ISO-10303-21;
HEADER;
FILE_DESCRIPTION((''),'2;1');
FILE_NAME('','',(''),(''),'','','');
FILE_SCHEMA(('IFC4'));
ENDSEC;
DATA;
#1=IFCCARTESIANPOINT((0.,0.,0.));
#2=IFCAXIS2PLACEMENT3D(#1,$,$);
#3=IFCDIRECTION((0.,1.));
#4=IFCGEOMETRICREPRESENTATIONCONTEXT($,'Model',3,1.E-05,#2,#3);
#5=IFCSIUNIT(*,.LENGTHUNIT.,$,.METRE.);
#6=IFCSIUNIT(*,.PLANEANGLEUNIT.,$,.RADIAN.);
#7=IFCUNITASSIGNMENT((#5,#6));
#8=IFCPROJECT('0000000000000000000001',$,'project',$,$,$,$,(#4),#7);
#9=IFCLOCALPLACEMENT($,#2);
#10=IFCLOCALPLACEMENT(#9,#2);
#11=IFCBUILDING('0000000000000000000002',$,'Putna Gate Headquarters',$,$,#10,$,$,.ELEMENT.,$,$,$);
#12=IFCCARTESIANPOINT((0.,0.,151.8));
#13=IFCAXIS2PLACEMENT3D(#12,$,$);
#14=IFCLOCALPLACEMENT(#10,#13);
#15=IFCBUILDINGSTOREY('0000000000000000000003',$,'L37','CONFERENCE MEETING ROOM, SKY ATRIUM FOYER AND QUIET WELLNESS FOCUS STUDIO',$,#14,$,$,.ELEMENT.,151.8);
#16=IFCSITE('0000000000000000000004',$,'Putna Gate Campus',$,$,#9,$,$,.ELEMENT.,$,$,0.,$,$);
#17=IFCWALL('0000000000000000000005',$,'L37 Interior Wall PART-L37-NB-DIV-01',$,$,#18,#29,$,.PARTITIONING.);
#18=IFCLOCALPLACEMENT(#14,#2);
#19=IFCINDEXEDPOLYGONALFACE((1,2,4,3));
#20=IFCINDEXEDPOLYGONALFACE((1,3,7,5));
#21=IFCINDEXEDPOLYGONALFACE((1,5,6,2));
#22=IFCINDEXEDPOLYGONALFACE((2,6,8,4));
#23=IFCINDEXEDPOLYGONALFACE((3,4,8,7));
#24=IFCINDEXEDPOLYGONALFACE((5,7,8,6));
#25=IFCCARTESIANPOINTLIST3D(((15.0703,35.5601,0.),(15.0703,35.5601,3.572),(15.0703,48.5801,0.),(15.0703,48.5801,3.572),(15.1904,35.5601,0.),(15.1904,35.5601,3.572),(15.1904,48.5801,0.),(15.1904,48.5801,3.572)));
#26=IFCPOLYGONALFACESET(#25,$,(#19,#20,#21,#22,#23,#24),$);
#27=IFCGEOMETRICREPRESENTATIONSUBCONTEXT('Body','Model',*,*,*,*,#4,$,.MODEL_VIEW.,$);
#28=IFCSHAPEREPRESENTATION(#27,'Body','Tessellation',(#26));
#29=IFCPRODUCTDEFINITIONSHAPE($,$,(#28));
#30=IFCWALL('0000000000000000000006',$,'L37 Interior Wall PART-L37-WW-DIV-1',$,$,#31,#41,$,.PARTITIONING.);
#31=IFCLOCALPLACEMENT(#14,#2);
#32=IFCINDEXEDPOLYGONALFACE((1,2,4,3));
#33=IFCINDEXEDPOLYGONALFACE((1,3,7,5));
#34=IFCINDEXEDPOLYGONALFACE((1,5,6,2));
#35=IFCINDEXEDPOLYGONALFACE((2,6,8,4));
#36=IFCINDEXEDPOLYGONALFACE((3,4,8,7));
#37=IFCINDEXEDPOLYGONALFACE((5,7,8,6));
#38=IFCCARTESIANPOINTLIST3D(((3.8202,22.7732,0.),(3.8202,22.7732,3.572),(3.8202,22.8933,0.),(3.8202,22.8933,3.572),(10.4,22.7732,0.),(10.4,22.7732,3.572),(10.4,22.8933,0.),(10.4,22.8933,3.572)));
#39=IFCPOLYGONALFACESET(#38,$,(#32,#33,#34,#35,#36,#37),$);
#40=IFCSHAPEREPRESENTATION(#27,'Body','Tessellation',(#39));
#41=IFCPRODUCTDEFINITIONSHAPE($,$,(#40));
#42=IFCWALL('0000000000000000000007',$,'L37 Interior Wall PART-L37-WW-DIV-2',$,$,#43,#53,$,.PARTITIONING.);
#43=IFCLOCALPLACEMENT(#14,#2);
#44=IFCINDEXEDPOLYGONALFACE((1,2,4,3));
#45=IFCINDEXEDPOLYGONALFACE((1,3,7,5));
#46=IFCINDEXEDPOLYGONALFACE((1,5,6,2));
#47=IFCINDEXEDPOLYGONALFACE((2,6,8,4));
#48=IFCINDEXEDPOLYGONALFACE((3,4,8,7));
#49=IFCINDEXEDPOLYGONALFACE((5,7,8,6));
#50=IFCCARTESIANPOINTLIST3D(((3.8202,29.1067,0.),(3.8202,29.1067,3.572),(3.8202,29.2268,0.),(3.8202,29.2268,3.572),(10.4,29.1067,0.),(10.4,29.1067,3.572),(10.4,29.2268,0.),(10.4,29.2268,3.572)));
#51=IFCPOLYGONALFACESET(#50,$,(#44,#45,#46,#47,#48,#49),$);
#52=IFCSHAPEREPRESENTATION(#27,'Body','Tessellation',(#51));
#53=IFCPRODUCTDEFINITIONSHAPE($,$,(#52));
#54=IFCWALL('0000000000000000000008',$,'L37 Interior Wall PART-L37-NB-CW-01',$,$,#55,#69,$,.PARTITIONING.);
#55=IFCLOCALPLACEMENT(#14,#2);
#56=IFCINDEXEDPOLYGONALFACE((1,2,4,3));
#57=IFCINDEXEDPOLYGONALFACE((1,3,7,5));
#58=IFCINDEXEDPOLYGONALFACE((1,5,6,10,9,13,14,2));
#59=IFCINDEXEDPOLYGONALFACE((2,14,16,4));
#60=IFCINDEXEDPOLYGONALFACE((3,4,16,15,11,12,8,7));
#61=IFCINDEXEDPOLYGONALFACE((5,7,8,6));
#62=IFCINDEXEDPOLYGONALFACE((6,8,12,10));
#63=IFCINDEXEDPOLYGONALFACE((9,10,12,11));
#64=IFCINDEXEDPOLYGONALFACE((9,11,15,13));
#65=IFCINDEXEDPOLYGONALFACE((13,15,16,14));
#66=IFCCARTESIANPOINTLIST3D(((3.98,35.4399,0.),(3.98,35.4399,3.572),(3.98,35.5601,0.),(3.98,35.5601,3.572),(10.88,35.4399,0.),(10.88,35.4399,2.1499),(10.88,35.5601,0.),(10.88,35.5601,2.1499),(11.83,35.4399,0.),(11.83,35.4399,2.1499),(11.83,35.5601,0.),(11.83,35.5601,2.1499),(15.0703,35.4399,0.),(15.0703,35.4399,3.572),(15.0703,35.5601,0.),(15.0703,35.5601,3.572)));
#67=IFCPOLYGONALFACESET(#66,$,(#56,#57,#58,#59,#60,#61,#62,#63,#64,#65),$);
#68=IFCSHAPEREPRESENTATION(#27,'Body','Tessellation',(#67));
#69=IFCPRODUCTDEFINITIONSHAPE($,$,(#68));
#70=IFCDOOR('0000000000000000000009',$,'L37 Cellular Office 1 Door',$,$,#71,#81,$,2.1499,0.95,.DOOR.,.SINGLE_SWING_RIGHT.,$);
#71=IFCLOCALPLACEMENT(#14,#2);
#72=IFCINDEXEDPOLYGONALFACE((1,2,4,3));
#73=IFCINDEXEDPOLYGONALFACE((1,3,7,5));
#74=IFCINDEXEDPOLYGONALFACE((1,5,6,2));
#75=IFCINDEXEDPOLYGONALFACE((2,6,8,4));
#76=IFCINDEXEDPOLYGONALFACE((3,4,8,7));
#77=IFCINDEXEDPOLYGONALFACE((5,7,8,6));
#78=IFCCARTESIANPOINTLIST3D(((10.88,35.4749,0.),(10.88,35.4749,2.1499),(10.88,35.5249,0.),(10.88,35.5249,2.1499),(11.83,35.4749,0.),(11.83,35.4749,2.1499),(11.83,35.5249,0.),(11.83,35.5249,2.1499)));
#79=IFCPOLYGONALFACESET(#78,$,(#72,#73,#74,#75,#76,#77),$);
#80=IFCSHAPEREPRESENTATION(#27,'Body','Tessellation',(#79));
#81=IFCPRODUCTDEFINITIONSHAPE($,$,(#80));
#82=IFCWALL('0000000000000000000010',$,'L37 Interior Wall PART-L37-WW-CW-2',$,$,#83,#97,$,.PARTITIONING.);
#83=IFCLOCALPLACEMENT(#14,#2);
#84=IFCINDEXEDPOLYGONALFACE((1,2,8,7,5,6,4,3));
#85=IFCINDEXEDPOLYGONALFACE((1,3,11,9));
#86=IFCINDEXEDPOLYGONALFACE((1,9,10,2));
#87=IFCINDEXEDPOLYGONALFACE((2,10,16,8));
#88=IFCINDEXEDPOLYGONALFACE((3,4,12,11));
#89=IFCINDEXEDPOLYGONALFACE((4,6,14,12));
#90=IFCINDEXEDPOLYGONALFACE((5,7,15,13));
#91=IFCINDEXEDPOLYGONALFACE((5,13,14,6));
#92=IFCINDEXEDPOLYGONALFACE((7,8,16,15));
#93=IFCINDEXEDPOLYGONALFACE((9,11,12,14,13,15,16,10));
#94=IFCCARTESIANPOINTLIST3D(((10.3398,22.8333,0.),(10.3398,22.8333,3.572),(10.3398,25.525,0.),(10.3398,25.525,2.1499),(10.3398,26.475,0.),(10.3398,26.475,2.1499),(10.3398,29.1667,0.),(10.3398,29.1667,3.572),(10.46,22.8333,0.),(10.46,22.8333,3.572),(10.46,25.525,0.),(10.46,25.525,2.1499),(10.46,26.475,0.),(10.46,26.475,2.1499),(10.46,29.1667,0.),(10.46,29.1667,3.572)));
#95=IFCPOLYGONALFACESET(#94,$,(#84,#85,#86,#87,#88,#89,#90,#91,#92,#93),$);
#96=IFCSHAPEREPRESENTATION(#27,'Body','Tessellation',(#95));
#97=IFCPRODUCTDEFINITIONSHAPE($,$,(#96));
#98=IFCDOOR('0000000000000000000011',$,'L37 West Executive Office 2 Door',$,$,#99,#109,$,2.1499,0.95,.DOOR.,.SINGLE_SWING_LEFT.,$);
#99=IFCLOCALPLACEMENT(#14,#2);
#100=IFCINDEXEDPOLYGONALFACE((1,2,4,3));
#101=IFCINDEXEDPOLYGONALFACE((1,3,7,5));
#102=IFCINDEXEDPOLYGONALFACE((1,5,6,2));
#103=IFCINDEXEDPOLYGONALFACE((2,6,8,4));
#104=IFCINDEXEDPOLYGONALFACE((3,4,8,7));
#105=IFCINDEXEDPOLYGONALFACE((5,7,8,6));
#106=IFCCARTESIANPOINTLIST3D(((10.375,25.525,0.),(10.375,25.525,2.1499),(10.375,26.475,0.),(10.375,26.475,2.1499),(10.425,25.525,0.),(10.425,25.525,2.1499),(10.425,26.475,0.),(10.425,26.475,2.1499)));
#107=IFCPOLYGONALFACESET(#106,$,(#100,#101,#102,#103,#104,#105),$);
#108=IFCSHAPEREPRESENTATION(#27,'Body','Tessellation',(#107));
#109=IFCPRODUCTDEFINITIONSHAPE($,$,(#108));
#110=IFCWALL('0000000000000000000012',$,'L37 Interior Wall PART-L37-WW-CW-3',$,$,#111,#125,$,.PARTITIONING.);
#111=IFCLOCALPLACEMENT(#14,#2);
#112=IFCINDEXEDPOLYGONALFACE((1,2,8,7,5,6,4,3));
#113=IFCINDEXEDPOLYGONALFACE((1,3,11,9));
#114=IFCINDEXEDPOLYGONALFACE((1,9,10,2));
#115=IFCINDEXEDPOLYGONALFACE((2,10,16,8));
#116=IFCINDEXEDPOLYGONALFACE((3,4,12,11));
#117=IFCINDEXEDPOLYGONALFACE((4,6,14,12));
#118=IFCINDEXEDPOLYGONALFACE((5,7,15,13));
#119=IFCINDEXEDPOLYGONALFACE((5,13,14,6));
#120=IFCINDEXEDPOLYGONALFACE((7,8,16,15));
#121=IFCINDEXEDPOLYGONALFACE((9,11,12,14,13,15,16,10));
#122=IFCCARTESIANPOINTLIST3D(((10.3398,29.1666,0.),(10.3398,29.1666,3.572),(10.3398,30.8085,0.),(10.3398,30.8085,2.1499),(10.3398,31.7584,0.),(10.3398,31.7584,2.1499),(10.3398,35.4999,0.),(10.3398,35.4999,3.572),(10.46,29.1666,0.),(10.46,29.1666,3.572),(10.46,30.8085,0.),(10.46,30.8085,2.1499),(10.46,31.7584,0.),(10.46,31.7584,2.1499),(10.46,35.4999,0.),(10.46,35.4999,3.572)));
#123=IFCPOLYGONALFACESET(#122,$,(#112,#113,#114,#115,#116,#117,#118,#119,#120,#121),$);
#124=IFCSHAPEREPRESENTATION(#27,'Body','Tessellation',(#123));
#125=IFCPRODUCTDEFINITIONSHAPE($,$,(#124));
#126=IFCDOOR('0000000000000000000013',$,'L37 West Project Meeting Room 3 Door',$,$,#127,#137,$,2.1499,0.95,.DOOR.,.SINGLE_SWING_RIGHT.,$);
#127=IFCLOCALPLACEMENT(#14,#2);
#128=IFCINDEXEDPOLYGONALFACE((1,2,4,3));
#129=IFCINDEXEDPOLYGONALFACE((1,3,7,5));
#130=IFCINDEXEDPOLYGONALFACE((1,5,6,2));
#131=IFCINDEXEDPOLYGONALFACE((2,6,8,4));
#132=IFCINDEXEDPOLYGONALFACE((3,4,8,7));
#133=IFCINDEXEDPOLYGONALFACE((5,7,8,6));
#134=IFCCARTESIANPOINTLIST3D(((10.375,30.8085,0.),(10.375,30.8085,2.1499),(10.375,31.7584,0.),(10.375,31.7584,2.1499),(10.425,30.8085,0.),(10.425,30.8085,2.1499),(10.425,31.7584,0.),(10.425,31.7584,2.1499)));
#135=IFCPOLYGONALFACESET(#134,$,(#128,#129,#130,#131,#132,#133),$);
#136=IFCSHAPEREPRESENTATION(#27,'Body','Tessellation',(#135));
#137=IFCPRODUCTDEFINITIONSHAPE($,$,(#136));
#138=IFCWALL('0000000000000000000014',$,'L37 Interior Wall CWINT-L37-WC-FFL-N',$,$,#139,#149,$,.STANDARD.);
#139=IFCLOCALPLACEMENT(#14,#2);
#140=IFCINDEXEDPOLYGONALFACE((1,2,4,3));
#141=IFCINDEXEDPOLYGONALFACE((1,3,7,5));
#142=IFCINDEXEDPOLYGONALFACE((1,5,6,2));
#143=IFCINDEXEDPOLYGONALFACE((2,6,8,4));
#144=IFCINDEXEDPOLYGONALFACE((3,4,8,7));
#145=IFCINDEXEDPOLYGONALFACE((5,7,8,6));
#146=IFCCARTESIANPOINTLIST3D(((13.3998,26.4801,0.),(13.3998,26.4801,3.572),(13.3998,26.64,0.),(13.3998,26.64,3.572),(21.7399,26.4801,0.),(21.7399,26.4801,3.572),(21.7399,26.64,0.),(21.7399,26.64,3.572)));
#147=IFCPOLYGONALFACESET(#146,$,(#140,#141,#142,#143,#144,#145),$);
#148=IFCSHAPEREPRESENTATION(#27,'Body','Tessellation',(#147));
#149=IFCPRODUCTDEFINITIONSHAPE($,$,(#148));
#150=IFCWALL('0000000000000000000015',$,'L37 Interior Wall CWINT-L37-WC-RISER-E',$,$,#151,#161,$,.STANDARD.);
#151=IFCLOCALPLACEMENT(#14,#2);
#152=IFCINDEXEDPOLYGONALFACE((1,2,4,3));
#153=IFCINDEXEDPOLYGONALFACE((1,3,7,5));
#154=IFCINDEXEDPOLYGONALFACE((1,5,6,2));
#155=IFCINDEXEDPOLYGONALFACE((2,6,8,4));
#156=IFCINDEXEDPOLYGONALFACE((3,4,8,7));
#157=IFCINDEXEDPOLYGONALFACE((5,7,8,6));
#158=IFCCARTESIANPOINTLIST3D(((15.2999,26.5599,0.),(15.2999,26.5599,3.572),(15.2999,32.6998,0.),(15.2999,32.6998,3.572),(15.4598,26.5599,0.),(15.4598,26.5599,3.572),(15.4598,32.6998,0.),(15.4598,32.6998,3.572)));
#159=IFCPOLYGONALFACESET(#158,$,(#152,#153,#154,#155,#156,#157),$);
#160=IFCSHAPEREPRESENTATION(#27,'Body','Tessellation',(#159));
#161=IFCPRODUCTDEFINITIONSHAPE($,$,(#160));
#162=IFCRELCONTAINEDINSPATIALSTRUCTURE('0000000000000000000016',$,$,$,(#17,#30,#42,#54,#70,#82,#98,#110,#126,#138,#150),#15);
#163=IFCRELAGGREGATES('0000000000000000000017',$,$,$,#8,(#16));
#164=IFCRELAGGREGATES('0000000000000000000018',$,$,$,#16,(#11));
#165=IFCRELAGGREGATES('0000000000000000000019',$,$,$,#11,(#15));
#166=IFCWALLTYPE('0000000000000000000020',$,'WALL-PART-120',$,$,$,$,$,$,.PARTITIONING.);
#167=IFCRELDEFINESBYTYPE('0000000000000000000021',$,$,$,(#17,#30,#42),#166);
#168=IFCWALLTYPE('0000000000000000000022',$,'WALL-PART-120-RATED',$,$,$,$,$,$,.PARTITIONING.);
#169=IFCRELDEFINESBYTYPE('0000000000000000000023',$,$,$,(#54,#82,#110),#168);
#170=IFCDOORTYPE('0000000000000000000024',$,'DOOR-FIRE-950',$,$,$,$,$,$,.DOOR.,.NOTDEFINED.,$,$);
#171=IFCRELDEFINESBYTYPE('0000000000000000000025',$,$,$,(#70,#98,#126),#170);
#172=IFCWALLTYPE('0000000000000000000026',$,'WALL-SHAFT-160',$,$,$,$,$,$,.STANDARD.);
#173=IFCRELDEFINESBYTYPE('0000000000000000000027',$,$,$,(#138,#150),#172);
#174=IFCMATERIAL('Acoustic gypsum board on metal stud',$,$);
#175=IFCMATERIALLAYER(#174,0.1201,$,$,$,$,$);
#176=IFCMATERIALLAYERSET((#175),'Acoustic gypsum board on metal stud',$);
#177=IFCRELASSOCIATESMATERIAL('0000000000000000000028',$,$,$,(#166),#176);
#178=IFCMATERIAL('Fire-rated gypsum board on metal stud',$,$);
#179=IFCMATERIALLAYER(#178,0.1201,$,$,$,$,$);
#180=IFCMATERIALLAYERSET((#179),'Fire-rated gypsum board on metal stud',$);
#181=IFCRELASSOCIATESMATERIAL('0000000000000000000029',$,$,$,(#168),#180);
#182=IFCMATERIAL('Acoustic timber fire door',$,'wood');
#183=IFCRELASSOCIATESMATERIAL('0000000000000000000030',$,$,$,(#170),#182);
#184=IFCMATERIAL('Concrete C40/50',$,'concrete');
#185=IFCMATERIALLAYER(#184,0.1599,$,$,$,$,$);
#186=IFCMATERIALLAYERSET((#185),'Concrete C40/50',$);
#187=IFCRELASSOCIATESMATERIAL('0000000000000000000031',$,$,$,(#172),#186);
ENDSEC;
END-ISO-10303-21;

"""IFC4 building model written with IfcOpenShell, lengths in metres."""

from ifc_helpers import new_model, si_unit, direction, frame, frame_2d, origin, place, context, subcontext, project, spatial, rectangle, extrude, material, layer, layer_set, type_object, element, fill, save


model = new_model("IFC4")

# Units and contexts
model_context = context("Model", 3, precision=1e-05, world=origin(), true_north=direction((0.0, 1.0)))
body_context = subcontext(model_context, "Body", "Model", "MODEL_VIEW")
ifc_project = project(units=[si_unit("LENGTHUNIT", "METRE"), si_unit("PLANEANGLEUNIT", "RADIAN")], contexts=[model_context])

# Site, building, storey
site_placement = place(None, origin())
site = spatial("IfcSite", under=ifc_project, at=site_placement, Name="Putna Gate Campus", CompositionType="ELEMENT", RefElevation=0.0)
building_placement = place(site_placement, origin())
building = spatial("IfcBuilding", under=site, at=building_placement, Name="Putna Gate Headquarters", CompositionType="ELEMENT")
storey_placement = place(building_placement, frame((0.0, 0.0, 151.8)))
storey = spatial("IfcBuildingStorey", under=building, at=storey_placement, Name="L37", Description="CONFERENCE MEETING ROOM, SKY ATRIUM FOYER AND QUIET WELLNESS FOCUS STUDIO", CompositionType="ELEMENT", Elevation=151.8)

# Walls
ifc_material_1 = material(Name="Acoustic gypsum board on metal stud")
ifc_layer_1 = layer(ifc_material_1, 0.1201)
ifc_layer_set_1 = layer_set([ifc_layer_1], Name="Acoustic gypsum board on metal stud")
wall_type_1 = type_object("IfcWallType", Name="WALL-PART-120", PredefinedType="PARTITIONING", material=ifc_layer_set_1)
wall_1_placement = place(storey_placement, frame((15.1304, 35.5601, 0.0), z_axis=(0.0, 0.0, 1.0), x_axis=(0.0, 1.0, 0.0)))
element("IfcWall", 1, at=wall_1_placement, inside=storey, type_object=wall_type_1, Name="L37 Interior Wall PART-L37-NB-DIV-01", PredefinedType="PARTITIONING", context=body_context, shape_type="SweptSolid", body=[
    extrude(rectangle(XDim=13.02, YDim=0.1201, at=frame_2d((6.51, 0.0))), origin(), (0.0, 0.0, 1.0), 3.572),
])
for number, where, z_axis, x_axis, name in (
    (2, (3.8201, 22.8333, 0.0), (0.0, 0.0, 1.0), (1.0, 0.0, 0.0), "L37 Interior Wall PART-L37-WW-DIV-1"),
    (3, (3.8201, 29.1667, 0.0), (0.0, 0.0, 1.0), (1.0, 0.0, 0.0), "L37 Interior Wall PART-L37-WW-DIV-2"),
):
    element("IfcWall", number, at=place(storey_placement, frame(where, z_axis=z_axis, x_axis=x_axis)), inside=storey, type_object=wall_type_1, Name=name, PredefinedType="PARTITIONING", context=body_context, shape_type="SweptSolid", body=[
        extrude(rectangle(XDim=6.5798, YDim=0.1201, at=frame_2d((3.29, 0.0))), origin(), (0.0, 0.0, 1.0), 3.572),
    ])

# Walls, openings, doors
ifc_material_2 = material(Name="Fire-rated gypsum board on metal stud")
ifc_layer_2 = layer(ifc_material_2, 0.1201)
ifc_layer_set_2 = layer_set([ifc_layer_2], Name="Fire-rated gypsum board on metal stud")
wall_type_2 = type_object("IfcWallType", Name="WALL-PART-120-RATED", PredefinedType="PARTITIONING", material=ifc_layer_set_2)
wall_2_placement = place(storey_placement, frame((3.98, 35.5, 0.0), z_axis=(0.0, 0.0, 1.0), x_axis=(1.0, 0.0, 0.0)))
wall_2 = element("IfcWall", 4, at=wall_2_placement, inside=storey, type_object=wall_type_2, Name="L37 Interior Wall PART-L37-NB-CW-01", PredefinedType="PARTITIONING", context=body_context, shape_type="SweptSolid", body=[
    extrude(rectangle(XDim=11.0903, YDim=0.1201, at=frame_2d((5.5452, 0.0))), origin(), (0.0, 0.0, 1.0), 3.572),
])
opening_1_placement = place(wall_2_placement, frame((6.8999, 0.0, 0.0)))
opening_1 = element("IfcOpeningElement", 5, at=opening_1_placement, cuts=wall_2, PredefinedType="OPENING", context=body_context, shape_type="SweptSolid", body=[
    extrude(rectangle(XDim=0.95, YDim=2.1499, at=frame_2d((0.4751, 1.075))), frame((0.0, 0.0701, 0.0), z_axis=(0.0, -1.0, 0.0), x_axis=(1.0, 0.0, 0.0)), (0.0, 0.0, 1.0), 0.1401),
])
ifc_material_3 = material(Name="Acoustic timber fire door", Category="wood")
door_type_1 = type_object("IfcDoorType", Name="DOOR-FIRE-950", OperationType="NOTDEFINED", PredefinedType="DOOR", material=ifc_material_3)
door_1_placement = place(opening_1_placement, origin())
door_1 = element("IfcDoor", 6, at=door_1_placement, inside=storey, type_object=door_type_1, Name="L37 Cellular Office 1 Door", OperationType="SINGLE_SWING_RIGHT", OverallHeight=2.1499, OverallWidth=0.95, PredefinedType="DOOR", context=body_context, shape_type="SweptSolid", body=[
    extrude(rectangle(XDim=0.95, YDim=2.1499, at=frame_2d((0.4751, 1.075))), frame((0.0, 0.0249, 0.0), z_axis=(0.0, -1.0, 0.0), x_axis=(1.0, 0.0, 0.0)), (0.0, 0.0, 1.0), 0.05),
])
fill(opening_1, door_1)
wall_3_placement = place(storey_placement, frame((10.3999, 22.8333, 0.0), z_axis=(0.0, 0.0, 1.0), x_axis=(0.0, 1.0, 0.0)))
wall_3 = element("IfcWall", 7, at=wall_3_placement, inside=storey, type_object=wall_type_2, Name="L37 Interior Wall PART-L37-WW-CW-2", PredefinedType="PARTITIONING", context=body_context, shape_type="SweptSolid", body=[
    extrude(rectangle(XDim=6.3335, YDim=0.1201, at=frame_2d((3.1667, 0.0))), origin(), (0.0, 0.0, 1.0), 3.572),
])
opening_2_placement = place(wall_3_placement, frame((2.6917, 0.0, 0.0)))
opening_2 = element("IfcOpeningElement", 8, at=opening_2_placement, cuts=wall_3, PredefinedType="OPENING", context=body_context, shape_type="SweptSolid", body=[
    extrude(rectangle(XDim=0.95, YDim=2.1499, at=frame_2d((0.4751, 1.075))), frame((0.0, 0.0701, 0.0), z_axis=(0.0, -1.0, 0.0), x_axis=(1.0, 0.0, 0.0)), (0.0, 0.0, 1.0), 0.1401),
])
door_2_placement = place(opening_2_placement, origin())
door_2 = element("IfcDoor", 9, at=door_2_placement, inside=storey, type_object=door_type_1, Name="L37 West Executive Office 2 Door", OperationType="SINGLE_SWING_LEFT", OverallHeight=2.1499, OverallWidth=0.95, PredefinedType="DOOR", context=body_context, shape_type="SweptSolid", body=[
    extrude(rectangle(XDim=0.95, YDim=2.1499, at=frame_2d((0.4751, 1.075))), frame((0.0, 0.0249, 0.0), z_axis=(0.0, -1.0, 0.0), x_axis=(1.0, 0.0, 0.0)), (0.0, 0.0, 1.0), 0.05),
])
fill(opening_2, door_2)
wall_4_placement = place(storey_placement, frame((10.3999, 29.1667, 0.0), z_axis=(0.0, 0.0, 1.0), x_axis=(0.0, 1.0, 0.0)))
wall_4 = element("IfcWall", 10, at=wall_4_placement, inside=storey, type_object=wall_type_2, Name="L37 Interior Wall PART-L37-WW-CW-3", PredefinedType="PARTITIONING", context=body_context, shape_type="SweptSolid", body=[
    extrude(rectangle(XDim=6.3333, YDim=0.1201, at=frame_2d((3.1665, 0.0))), origin(), (0.0, 0.0, 1.0), 3.572),
])
opening_3_placement = place(wall_4_placement, frame((1.6416, 0.0, 0.0)))
opening_3 = element("IfcOpeningElement", 11, at=opening_3_placement, cuts=wall_4, PredefinedType="OPENING", context=body_context, shape_type="SweptSolid", body=[
    extrude(rectangle(XDim=0.95, YDim=2.1499, at=frame_2d((0.4751, 1.075))), frame((0.0, 0.0701, 0.0), z_axis=(0.0, -1.0, 0.0), x_axis=(1.0, 0.0, 0.0)), (0.0, 0.0, 1.0), 0.1401),
])
door_3_placement = place(opening_3_placement, origin())
door_3 = element("IfcDoor", 12, at=door_3_placement, inside=storey, type_object=door_type_1, Name="L37 West Project Meeting Room 3 Door", OperationType="SINGLE_SWING_RIGHT", OverallHeight=2.1499, OverallWidth=0.95, PredefinedType="DOOR", context=body_context, shape_type="SweptSolid", body=[
    extrude(rectangle(XDim=0.95, YDim=2.1499, at=frame_2d((0.4751, 1.075))), frame((0.0, 0.0249, 0.0), z_axis=(0.0, -1.0, 0.0), x_axis=(1.0, 0.0, 0.0)), (0.0, 0.0, 1.0), 0.05),
])
fill(opening_3, door_3)

# Walls
ifc_material_4 = material(Name="Concrete C40/50", Category="concrete")
ifc_layer_3 = layer(ifc_material_4, 0.1599)
ifc_layer_set_3 = layer_set([ifc_layer_3], Name="Concrete C40/50")
wall_type_3 = type_object("IfcWallType", Name="WALL-SHAFT-160", PredefinedType="STANDARD", material=ifc_layer_set_3)
wall_5_placement = place(storey_placement, frame((13.3999, 26.5601, 0.0), z_axis=(0.0, 0.0, 1.0), x_axis=(1.0, 0.0, 0.0)))
element("IfcWall", 13, at=wall_5_placement, inside=storey, type_object=wall_type_3, Name="L37 Interior Wall CWINT-L37-WC-FFL-N", PredefinedType="STANDARD", context=body_context, shape_type="SweptSolid", body=[
    extrude(rectangle(XDim=8.3401, YDim=0.1599, at=frame_2d((4.1699, 0.0))), origin(), (0.0, 0.0, 1.0), 3.572),
])
wall_6_placement = place(storey_placement, frame((15.3799, 26.5601, 0.0), z_axis=(0.0, 0.0, 1.0), x_axis=(0.0, 1.0, 0.0)))
element("IfcWall", 14, at=wall_6_placement, inside=storey, type_object=wall_type_3, Name="L37 Interior Wall CWINT-L37-WC-RISER-E", PredefinedType="STANDARD", context=body_context, shape_type="SweptSolid", body=[
    extrude(rectangle(XDim=6.1399, YDim=0.1599, at=frame_2d((3.0698, 0.0))), origin(), (0.0, 0.0, 1.0), 3.572),
])

save(model, "model.ifc")
